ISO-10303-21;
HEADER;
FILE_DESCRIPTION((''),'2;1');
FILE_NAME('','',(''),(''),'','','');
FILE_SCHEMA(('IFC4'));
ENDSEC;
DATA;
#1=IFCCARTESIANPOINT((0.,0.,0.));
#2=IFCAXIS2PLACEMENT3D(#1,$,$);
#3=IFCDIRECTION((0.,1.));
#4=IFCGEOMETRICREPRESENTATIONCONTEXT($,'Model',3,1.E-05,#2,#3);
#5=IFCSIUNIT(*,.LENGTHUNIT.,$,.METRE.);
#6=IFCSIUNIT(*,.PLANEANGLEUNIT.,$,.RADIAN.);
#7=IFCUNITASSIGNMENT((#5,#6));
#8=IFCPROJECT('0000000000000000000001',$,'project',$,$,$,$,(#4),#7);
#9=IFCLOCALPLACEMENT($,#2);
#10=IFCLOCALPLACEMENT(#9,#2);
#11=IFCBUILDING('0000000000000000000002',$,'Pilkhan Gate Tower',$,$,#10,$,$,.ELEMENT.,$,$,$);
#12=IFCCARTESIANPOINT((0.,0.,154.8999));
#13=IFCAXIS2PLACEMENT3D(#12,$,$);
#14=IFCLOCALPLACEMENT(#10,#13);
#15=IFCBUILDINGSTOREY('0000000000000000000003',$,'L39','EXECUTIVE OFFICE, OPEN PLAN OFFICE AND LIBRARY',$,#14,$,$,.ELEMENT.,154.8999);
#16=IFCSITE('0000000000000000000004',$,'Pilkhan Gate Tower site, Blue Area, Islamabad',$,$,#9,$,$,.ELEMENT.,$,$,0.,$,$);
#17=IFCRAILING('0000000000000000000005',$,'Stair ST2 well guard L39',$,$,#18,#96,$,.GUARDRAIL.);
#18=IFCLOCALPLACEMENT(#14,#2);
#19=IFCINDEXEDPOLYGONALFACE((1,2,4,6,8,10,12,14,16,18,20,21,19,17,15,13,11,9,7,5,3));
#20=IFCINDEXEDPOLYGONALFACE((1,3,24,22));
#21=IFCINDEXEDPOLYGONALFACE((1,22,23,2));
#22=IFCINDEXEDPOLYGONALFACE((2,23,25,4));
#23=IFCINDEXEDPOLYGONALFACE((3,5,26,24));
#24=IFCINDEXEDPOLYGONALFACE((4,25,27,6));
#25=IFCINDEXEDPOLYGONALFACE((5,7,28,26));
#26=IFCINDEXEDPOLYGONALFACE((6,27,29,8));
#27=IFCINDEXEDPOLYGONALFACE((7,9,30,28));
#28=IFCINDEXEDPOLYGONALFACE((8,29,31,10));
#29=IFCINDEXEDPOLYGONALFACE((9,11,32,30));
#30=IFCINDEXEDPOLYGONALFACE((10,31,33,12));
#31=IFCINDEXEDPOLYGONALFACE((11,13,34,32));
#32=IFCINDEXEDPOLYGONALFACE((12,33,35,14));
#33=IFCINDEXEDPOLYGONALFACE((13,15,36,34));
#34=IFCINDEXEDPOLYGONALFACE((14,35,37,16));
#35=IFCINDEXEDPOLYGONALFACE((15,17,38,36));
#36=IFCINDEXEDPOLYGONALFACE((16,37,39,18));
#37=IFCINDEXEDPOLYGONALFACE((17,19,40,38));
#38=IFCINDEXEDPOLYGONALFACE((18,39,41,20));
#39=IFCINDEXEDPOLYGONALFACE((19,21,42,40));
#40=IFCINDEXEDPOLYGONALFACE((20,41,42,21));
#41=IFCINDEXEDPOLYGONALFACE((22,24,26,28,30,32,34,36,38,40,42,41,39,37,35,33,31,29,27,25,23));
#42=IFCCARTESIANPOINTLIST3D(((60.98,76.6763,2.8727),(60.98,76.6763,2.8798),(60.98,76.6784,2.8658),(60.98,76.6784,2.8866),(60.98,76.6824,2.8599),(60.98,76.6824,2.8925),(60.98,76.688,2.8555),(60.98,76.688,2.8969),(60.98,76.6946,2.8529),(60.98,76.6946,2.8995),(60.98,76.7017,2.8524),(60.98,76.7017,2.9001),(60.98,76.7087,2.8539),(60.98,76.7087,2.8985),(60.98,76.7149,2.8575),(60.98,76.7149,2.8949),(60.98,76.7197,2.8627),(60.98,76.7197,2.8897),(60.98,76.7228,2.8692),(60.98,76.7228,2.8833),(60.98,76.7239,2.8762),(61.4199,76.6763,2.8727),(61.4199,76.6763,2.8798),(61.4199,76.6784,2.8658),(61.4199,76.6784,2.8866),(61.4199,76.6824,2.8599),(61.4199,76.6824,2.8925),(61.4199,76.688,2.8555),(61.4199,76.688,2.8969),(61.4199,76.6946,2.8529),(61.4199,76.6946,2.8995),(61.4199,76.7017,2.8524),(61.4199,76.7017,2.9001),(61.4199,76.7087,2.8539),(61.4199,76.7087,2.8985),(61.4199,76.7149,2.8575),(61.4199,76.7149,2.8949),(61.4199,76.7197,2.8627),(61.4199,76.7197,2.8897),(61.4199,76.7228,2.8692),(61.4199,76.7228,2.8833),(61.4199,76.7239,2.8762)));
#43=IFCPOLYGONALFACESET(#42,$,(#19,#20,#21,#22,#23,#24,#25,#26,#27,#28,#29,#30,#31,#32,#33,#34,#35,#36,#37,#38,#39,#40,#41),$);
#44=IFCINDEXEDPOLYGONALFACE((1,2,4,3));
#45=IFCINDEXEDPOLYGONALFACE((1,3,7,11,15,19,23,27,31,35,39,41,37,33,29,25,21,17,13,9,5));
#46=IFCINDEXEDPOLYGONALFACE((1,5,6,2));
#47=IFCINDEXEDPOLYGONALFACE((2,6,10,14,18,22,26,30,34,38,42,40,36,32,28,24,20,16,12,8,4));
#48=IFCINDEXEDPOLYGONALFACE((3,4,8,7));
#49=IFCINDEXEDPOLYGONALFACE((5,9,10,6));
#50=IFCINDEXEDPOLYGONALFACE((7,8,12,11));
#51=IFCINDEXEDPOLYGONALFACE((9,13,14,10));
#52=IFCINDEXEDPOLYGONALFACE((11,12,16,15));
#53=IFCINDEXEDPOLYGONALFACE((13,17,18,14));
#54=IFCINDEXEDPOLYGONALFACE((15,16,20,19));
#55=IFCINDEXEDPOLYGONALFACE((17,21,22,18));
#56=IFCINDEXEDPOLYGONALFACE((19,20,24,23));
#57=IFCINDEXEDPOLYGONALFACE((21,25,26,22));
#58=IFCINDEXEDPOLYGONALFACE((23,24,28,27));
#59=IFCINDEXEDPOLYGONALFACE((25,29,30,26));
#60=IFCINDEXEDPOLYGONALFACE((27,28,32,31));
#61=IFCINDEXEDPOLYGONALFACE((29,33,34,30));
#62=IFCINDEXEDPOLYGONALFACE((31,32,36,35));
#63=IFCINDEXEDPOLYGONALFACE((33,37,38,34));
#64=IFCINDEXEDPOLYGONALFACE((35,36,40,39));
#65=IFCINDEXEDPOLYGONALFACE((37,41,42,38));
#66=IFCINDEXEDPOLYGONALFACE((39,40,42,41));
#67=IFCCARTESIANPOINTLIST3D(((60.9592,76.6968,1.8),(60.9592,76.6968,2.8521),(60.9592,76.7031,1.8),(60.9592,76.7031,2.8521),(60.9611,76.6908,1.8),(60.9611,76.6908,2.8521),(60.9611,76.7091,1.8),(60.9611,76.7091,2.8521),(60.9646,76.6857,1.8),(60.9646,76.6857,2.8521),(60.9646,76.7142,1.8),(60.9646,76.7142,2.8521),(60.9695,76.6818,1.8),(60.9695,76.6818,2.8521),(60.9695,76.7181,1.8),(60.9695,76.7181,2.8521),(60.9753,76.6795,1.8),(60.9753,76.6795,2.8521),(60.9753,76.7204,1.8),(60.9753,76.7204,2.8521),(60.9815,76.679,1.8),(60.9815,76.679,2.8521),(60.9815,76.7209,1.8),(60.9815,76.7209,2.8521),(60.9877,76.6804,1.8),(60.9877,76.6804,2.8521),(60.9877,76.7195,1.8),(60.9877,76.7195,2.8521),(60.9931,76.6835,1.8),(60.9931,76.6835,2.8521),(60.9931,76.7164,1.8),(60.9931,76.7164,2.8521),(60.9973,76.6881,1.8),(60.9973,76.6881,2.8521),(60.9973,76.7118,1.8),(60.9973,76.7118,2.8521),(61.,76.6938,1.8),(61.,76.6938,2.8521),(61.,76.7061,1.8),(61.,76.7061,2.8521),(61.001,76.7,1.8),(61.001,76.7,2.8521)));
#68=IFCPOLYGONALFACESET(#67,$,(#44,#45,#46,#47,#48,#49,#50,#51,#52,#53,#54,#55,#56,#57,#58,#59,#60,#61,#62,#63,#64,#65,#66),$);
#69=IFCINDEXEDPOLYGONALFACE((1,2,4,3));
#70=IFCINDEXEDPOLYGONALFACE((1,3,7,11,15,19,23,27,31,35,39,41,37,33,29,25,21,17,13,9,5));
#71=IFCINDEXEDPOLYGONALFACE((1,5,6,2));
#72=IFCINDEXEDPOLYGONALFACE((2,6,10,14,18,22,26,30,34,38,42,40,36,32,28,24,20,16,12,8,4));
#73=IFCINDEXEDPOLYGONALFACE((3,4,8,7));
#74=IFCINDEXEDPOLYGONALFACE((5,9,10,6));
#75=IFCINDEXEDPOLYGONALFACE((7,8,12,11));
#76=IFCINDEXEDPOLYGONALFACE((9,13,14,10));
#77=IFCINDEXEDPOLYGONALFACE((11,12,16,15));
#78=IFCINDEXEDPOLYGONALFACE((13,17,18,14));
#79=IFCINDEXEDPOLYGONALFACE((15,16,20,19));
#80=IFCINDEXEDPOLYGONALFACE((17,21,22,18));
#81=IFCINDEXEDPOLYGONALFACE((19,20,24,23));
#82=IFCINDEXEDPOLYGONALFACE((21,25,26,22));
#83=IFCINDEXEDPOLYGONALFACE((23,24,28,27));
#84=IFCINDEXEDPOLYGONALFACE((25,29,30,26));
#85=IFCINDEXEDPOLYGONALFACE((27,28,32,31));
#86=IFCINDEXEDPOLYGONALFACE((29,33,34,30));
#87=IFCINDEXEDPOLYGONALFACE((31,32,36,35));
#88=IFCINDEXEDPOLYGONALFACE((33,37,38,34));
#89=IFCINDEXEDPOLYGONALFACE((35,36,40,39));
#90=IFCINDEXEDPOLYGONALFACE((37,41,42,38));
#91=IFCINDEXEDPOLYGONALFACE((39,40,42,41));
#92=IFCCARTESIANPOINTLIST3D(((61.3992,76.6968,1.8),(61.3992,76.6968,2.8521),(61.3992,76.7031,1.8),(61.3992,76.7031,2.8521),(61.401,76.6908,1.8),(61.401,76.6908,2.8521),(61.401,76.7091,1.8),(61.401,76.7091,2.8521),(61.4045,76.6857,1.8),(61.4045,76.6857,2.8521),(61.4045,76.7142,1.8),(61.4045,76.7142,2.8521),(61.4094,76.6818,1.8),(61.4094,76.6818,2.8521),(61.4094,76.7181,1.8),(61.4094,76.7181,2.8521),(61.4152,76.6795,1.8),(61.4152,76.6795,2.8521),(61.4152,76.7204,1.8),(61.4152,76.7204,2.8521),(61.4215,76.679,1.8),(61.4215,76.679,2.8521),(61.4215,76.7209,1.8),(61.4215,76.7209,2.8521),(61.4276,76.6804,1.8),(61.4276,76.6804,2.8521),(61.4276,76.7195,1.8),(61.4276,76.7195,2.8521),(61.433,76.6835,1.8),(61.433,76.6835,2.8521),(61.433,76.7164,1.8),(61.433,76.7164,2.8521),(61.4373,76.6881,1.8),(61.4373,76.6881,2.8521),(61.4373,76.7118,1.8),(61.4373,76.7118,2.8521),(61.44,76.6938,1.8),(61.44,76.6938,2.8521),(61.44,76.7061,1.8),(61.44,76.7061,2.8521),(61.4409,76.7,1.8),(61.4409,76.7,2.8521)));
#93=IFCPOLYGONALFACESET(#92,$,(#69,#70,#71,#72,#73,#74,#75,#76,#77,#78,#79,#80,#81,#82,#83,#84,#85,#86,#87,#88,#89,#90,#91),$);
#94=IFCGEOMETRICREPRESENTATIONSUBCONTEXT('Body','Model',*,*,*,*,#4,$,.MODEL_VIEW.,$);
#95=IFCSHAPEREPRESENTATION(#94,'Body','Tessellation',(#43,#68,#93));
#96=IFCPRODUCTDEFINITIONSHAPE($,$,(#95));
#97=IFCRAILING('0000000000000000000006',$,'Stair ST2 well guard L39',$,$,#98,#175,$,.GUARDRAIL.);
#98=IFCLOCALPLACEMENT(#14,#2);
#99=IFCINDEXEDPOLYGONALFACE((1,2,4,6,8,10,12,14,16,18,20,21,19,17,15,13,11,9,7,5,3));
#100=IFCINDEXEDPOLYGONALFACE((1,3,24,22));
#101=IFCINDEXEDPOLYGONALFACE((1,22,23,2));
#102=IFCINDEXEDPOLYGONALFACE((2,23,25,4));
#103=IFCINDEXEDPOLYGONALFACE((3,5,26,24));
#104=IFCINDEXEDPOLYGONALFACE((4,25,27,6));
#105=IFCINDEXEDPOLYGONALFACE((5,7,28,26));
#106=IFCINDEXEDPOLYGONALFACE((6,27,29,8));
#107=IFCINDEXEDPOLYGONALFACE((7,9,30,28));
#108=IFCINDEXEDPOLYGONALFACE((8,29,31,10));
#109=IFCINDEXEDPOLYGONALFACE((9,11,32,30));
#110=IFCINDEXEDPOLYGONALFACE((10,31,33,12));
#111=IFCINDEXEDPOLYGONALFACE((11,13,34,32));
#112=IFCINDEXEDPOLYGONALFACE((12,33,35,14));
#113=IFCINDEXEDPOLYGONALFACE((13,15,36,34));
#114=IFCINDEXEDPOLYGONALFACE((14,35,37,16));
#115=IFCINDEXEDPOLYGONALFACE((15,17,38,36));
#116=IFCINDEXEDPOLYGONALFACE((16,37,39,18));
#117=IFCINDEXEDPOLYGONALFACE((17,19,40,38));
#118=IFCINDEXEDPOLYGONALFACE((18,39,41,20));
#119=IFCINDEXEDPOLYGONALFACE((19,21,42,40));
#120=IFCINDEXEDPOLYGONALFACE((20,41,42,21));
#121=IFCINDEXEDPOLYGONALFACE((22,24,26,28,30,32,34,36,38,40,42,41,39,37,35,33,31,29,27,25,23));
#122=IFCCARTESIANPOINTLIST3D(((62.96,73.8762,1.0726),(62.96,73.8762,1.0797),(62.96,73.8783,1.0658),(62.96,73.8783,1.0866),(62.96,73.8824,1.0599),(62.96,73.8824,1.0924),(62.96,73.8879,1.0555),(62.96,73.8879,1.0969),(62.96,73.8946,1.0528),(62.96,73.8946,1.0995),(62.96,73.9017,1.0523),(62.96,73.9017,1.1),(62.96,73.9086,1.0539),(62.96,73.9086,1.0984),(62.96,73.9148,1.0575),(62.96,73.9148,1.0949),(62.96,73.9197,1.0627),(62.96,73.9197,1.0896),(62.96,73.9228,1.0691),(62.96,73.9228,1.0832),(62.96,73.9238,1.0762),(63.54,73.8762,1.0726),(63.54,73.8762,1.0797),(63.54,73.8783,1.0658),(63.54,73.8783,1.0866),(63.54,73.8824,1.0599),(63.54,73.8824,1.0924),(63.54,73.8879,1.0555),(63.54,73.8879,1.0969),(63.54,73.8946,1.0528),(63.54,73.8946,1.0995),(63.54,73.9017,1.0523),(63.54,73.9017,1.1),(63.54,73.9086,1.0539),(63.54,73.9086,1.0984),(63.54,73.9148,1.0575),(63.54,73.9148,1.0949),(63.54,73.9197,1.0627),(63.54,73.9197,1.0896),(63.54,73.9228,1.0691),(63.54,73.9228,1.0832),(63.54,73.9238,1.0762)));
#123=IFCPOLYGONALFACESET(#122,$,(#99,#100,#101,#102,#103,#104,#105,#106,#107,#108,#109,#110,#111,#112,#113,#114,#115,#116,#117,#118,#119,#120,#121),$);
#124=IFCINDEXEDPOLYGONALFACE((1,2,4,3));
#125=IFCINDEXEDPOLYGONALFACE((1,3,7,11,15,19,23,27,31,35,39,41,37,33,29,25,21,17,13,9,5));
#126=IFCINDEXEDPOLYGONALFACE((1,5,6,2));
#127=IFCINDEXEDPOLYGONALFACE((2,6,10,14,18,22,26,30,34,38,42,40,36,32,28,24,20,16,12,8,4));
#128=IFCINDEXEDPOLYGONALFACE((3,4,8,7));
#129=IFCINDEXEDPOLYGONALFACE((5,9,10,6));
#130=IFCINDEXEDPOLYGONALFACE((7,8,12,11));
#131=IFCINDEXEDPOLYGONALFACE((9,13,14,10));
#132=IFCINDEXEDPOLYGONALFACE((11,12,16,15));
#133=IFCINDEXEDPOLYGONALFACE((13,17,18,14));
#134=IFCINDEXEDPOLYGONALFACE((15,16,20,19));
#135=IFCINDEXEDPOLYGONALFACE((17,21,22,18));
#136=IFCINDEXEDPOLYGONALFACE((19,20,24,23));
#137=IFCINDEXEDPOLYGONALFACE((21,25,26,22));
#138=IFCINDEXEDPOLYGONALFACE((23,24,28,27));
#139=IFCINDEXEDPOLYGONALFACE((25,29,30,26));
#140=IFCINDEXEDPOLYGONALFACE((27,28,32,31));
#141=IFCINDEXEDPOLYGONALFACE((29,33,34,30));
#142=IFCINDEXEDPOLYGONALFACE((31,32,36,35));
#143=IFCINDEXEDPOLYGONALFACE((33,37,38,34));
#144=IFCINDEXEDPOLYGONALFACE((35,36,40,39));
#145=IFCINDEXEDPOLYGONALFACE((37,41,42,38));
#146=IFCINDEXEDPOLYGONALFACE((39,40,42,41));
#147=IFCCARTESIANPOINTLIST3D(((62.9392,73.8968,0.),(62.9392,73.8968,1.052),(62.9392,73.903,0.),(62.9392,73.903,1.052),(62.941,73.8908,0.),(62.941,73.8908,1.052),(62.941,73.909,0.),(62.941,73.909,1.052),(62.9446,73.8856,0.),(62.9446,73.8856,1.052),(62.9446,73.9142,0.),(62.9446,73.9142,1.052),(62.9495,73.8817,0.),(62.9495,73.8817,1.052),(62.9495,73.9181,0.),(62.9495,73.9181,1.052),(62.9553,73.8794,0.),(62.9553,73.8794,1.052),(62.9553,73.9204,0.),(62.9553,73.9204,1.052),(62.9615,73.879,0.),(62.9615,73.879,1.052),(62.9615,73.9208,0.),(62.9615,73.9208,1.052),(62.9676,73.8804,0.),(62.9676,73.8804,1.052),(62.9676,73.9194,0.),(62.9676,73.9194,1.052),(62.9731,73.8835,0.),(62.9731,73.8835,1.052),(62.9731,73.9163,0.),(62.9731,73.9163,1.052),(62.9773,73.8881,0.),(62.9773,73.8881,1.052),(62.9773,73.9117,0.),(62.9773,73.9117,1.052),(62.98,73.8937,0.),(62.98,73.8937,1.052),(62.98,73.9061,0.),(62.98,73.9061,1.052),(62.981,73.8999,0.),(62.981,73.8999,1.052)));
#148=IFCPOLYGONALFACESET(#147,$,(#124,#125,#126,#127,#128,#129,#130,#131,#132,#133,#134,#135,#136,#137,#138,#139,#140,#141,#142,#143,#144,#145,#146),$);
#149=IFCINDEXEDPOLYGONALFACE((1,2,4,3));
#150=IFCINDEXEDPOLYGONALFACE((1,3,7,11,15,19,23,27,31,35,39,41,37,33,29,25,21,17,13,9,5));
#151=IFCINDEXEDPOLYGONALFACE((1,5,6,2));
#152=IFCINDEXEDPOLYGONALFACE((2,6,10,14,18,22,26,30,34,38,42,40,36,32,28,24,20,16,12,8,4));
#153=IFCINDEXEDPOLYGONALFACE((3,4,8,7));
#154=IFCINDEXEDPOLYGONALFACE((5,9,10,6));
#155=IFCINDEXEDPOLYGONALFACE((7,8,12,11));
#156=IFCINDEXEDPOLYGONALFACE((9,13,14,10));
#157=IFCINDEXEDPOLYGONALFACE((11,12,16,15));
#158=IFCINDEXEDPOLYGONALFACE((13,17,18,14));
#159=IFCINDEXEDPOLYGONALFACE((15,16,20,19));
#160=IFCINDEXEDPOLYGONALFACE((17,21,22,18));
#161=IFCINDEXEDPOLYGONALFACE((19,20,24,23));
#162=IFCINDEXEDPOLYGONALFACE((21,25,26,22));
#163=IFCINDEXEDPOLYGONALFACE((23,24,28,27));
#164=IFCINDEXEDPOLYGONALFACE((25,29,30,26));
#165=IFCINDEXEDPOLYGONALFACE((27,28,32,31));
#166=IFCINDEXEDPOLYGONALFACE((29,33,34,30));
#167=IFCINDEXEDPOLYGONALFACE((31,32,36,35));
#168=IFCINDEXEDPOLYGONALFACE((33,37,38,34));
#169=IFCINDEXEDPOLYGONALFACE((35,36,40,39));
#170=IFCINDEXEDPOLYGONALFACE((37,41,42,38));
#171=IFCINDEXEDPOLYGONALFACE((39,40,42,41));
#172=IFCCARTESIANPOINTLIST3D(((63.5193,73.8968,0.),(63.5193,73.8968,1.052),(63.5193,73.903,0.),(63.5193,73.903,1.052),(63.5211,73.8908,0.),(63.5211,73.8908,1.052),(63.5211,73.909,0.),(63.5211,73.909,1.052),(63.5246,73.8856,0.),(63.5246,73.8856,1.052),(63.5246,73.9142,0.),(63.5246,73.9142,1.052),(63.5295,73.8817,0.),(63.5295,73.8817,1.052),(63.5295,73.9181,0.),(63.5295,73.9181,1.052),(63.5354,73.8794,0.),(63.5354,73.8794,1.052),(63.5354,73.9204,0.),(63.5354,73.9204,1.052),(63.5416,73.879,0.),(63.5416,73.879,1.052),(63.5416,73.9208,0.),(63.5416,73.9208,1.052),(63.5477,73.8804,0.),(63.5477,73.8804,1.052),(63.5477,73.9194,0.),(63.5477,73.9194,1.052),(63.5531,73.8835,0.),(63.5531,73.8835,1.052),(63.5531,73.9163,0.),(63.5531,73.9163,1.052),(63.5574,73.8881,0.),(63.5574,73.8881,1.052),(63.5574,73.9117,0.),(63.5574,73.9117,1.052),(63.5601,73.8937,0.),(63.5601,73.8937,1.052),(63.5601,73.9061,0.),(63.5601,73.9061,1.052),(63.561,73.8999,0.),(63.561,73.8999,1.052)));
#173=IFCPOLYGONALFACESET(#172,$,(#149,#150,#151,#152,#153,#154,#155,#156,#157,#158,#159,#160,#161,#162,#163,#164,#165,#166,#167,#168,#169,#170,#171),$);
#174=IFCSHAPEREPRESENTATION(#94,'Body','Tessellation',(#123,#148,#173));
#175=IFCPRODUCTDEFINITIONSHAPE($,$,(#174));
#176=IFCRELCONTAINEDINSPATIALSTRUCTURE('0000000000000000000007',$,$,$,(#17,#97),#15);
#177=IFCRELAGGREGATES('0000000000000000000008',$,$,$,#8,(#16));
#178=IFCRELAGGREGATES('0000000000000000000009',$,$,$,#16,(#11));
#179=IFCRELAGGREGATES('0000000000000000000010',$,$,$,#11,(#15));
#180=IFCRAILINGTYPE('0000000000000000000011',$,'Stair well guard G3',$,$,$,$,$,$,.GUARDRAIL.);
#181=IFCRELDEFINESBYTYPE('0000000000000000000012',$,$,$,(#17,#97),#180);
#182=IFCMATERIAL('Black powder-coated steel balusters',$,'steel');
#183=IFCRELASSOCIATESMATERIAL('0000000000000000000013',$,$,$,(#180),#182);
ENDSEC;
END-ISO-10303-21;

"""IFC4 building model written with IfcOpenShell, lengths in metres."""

from ifc_helpers import new_model, si_unit, direction, frame, origin, origin_2d, place, context, subcontext, project, spatial, circle, extrude, material, type_object, element, save


model = new_model("IFC4")

# Units and contexts
model_context = context("Model", 3, precision=1e-05, world=origin(), true_north=direction((0.0, 1.0)))
body_context = subcontext(model_context, "Body", "Model", "MODEL_VIEW")
ifc_project = project(units=[si_unit("LENGTHUNIT", "METRE"), si_unit("PLANEANGLEUNIT", "RADIAN")], contexts=[model_context])

# Site, building, storey
site_placement = place(None, origin())
site = spatial("IfcSite", under=ifc_project, at=site_placement, Name="Pilkhan Gate Tower site, Blue Area, Islamabad", CompositionType="ELEMENT", RefElevation=0.0)
building_placement = place(site_placement, origin())
building = spatial("IfcBuilding", under=site, at=building_placement, Name="Pilkhan Gate Tower", CompositionType="ELEMENT")
storey_placement = place(building_placement, frame((0.0, 0.0, 154.8999)))
storey = spatial("IfcBuildingStorey", under=building, at=storey_placement, Name="L39", Description="EXECUTIVE OFFICE, OPEN PLAN OFFICE AND LIBRARY", CompositionType="ELEMENT", Elevation=154.8999)

# Railings
ifc_material_1 = material(Name="Black powder-coated steel balusters", Category="steel")
railing_type_1 = type_object("IfcRailingType", Name="Stair well guard G3", PredefinedType="GUARDRAIL", material=ifc_material_1)
railing_1_placement = place(storey_placement, frame((60.98, 76.7, 1.8)))
element("IfcRailing", 1, at=railing_1_placement, inside=storey, type_object=railing_type_1, Name="Stair ST2 well guard L39", PredefinedType="GUARDRAIL", context=body_context, shape_type="SweptSolid", body=[
    extrude(circle(Radius=0.0239, at=origin_2d()), frame((0.0, 0.0, 1.0762), z_axis=(1.0, 0.0, 0.0), x_axis=(0.0, 1.0, 0.0)), (0.0, 0.0, 1.0), 0.4399),
    extrude(circle(Radius=0.021, at=origin_2d()), origin(), (0.0, 0.0, 1.0), 1.052),
    extrude(circle(Radius=0.021, at=origin_2d()), frame((0.4399, 0.0, 0.0)), (0.0, 0.0, 1.0), 1.052),
])
for number, where, name in (
    (2, (62.96, 73.8999, 0.0), "Stair ST2 well guard L39"),
):
    element("IfcRailing", number, at=place(storey_placement, frame(where)), inside=storey, type_object=railing_type_1, Name=name, PredefinedType="GUARDRAIL", context=body_context, shape_type="SweptSolid", body=[
        extrude(circle(Radius=0.0239, at=origin_2d()), frame((0.0, 0.0, 1.0762), z_axis=(1.0, 0.0, 0.0), x_axis=(0.0, 1.0, 0.0)), (0.0, 0.0, 1.0), 0.5801),
        extrude(circle(Radius=0.021, at=origin_2d()), origin(), (0.0, 0.0, 1.0), 1.052),
        extrude(circle(Radius=0.021, at=origin_2d()), frame((0.5801, 0.0, 0.0)), (0.0, 0.0, 1.0), 1.052),
    ])

save(model, "model.ifc")
